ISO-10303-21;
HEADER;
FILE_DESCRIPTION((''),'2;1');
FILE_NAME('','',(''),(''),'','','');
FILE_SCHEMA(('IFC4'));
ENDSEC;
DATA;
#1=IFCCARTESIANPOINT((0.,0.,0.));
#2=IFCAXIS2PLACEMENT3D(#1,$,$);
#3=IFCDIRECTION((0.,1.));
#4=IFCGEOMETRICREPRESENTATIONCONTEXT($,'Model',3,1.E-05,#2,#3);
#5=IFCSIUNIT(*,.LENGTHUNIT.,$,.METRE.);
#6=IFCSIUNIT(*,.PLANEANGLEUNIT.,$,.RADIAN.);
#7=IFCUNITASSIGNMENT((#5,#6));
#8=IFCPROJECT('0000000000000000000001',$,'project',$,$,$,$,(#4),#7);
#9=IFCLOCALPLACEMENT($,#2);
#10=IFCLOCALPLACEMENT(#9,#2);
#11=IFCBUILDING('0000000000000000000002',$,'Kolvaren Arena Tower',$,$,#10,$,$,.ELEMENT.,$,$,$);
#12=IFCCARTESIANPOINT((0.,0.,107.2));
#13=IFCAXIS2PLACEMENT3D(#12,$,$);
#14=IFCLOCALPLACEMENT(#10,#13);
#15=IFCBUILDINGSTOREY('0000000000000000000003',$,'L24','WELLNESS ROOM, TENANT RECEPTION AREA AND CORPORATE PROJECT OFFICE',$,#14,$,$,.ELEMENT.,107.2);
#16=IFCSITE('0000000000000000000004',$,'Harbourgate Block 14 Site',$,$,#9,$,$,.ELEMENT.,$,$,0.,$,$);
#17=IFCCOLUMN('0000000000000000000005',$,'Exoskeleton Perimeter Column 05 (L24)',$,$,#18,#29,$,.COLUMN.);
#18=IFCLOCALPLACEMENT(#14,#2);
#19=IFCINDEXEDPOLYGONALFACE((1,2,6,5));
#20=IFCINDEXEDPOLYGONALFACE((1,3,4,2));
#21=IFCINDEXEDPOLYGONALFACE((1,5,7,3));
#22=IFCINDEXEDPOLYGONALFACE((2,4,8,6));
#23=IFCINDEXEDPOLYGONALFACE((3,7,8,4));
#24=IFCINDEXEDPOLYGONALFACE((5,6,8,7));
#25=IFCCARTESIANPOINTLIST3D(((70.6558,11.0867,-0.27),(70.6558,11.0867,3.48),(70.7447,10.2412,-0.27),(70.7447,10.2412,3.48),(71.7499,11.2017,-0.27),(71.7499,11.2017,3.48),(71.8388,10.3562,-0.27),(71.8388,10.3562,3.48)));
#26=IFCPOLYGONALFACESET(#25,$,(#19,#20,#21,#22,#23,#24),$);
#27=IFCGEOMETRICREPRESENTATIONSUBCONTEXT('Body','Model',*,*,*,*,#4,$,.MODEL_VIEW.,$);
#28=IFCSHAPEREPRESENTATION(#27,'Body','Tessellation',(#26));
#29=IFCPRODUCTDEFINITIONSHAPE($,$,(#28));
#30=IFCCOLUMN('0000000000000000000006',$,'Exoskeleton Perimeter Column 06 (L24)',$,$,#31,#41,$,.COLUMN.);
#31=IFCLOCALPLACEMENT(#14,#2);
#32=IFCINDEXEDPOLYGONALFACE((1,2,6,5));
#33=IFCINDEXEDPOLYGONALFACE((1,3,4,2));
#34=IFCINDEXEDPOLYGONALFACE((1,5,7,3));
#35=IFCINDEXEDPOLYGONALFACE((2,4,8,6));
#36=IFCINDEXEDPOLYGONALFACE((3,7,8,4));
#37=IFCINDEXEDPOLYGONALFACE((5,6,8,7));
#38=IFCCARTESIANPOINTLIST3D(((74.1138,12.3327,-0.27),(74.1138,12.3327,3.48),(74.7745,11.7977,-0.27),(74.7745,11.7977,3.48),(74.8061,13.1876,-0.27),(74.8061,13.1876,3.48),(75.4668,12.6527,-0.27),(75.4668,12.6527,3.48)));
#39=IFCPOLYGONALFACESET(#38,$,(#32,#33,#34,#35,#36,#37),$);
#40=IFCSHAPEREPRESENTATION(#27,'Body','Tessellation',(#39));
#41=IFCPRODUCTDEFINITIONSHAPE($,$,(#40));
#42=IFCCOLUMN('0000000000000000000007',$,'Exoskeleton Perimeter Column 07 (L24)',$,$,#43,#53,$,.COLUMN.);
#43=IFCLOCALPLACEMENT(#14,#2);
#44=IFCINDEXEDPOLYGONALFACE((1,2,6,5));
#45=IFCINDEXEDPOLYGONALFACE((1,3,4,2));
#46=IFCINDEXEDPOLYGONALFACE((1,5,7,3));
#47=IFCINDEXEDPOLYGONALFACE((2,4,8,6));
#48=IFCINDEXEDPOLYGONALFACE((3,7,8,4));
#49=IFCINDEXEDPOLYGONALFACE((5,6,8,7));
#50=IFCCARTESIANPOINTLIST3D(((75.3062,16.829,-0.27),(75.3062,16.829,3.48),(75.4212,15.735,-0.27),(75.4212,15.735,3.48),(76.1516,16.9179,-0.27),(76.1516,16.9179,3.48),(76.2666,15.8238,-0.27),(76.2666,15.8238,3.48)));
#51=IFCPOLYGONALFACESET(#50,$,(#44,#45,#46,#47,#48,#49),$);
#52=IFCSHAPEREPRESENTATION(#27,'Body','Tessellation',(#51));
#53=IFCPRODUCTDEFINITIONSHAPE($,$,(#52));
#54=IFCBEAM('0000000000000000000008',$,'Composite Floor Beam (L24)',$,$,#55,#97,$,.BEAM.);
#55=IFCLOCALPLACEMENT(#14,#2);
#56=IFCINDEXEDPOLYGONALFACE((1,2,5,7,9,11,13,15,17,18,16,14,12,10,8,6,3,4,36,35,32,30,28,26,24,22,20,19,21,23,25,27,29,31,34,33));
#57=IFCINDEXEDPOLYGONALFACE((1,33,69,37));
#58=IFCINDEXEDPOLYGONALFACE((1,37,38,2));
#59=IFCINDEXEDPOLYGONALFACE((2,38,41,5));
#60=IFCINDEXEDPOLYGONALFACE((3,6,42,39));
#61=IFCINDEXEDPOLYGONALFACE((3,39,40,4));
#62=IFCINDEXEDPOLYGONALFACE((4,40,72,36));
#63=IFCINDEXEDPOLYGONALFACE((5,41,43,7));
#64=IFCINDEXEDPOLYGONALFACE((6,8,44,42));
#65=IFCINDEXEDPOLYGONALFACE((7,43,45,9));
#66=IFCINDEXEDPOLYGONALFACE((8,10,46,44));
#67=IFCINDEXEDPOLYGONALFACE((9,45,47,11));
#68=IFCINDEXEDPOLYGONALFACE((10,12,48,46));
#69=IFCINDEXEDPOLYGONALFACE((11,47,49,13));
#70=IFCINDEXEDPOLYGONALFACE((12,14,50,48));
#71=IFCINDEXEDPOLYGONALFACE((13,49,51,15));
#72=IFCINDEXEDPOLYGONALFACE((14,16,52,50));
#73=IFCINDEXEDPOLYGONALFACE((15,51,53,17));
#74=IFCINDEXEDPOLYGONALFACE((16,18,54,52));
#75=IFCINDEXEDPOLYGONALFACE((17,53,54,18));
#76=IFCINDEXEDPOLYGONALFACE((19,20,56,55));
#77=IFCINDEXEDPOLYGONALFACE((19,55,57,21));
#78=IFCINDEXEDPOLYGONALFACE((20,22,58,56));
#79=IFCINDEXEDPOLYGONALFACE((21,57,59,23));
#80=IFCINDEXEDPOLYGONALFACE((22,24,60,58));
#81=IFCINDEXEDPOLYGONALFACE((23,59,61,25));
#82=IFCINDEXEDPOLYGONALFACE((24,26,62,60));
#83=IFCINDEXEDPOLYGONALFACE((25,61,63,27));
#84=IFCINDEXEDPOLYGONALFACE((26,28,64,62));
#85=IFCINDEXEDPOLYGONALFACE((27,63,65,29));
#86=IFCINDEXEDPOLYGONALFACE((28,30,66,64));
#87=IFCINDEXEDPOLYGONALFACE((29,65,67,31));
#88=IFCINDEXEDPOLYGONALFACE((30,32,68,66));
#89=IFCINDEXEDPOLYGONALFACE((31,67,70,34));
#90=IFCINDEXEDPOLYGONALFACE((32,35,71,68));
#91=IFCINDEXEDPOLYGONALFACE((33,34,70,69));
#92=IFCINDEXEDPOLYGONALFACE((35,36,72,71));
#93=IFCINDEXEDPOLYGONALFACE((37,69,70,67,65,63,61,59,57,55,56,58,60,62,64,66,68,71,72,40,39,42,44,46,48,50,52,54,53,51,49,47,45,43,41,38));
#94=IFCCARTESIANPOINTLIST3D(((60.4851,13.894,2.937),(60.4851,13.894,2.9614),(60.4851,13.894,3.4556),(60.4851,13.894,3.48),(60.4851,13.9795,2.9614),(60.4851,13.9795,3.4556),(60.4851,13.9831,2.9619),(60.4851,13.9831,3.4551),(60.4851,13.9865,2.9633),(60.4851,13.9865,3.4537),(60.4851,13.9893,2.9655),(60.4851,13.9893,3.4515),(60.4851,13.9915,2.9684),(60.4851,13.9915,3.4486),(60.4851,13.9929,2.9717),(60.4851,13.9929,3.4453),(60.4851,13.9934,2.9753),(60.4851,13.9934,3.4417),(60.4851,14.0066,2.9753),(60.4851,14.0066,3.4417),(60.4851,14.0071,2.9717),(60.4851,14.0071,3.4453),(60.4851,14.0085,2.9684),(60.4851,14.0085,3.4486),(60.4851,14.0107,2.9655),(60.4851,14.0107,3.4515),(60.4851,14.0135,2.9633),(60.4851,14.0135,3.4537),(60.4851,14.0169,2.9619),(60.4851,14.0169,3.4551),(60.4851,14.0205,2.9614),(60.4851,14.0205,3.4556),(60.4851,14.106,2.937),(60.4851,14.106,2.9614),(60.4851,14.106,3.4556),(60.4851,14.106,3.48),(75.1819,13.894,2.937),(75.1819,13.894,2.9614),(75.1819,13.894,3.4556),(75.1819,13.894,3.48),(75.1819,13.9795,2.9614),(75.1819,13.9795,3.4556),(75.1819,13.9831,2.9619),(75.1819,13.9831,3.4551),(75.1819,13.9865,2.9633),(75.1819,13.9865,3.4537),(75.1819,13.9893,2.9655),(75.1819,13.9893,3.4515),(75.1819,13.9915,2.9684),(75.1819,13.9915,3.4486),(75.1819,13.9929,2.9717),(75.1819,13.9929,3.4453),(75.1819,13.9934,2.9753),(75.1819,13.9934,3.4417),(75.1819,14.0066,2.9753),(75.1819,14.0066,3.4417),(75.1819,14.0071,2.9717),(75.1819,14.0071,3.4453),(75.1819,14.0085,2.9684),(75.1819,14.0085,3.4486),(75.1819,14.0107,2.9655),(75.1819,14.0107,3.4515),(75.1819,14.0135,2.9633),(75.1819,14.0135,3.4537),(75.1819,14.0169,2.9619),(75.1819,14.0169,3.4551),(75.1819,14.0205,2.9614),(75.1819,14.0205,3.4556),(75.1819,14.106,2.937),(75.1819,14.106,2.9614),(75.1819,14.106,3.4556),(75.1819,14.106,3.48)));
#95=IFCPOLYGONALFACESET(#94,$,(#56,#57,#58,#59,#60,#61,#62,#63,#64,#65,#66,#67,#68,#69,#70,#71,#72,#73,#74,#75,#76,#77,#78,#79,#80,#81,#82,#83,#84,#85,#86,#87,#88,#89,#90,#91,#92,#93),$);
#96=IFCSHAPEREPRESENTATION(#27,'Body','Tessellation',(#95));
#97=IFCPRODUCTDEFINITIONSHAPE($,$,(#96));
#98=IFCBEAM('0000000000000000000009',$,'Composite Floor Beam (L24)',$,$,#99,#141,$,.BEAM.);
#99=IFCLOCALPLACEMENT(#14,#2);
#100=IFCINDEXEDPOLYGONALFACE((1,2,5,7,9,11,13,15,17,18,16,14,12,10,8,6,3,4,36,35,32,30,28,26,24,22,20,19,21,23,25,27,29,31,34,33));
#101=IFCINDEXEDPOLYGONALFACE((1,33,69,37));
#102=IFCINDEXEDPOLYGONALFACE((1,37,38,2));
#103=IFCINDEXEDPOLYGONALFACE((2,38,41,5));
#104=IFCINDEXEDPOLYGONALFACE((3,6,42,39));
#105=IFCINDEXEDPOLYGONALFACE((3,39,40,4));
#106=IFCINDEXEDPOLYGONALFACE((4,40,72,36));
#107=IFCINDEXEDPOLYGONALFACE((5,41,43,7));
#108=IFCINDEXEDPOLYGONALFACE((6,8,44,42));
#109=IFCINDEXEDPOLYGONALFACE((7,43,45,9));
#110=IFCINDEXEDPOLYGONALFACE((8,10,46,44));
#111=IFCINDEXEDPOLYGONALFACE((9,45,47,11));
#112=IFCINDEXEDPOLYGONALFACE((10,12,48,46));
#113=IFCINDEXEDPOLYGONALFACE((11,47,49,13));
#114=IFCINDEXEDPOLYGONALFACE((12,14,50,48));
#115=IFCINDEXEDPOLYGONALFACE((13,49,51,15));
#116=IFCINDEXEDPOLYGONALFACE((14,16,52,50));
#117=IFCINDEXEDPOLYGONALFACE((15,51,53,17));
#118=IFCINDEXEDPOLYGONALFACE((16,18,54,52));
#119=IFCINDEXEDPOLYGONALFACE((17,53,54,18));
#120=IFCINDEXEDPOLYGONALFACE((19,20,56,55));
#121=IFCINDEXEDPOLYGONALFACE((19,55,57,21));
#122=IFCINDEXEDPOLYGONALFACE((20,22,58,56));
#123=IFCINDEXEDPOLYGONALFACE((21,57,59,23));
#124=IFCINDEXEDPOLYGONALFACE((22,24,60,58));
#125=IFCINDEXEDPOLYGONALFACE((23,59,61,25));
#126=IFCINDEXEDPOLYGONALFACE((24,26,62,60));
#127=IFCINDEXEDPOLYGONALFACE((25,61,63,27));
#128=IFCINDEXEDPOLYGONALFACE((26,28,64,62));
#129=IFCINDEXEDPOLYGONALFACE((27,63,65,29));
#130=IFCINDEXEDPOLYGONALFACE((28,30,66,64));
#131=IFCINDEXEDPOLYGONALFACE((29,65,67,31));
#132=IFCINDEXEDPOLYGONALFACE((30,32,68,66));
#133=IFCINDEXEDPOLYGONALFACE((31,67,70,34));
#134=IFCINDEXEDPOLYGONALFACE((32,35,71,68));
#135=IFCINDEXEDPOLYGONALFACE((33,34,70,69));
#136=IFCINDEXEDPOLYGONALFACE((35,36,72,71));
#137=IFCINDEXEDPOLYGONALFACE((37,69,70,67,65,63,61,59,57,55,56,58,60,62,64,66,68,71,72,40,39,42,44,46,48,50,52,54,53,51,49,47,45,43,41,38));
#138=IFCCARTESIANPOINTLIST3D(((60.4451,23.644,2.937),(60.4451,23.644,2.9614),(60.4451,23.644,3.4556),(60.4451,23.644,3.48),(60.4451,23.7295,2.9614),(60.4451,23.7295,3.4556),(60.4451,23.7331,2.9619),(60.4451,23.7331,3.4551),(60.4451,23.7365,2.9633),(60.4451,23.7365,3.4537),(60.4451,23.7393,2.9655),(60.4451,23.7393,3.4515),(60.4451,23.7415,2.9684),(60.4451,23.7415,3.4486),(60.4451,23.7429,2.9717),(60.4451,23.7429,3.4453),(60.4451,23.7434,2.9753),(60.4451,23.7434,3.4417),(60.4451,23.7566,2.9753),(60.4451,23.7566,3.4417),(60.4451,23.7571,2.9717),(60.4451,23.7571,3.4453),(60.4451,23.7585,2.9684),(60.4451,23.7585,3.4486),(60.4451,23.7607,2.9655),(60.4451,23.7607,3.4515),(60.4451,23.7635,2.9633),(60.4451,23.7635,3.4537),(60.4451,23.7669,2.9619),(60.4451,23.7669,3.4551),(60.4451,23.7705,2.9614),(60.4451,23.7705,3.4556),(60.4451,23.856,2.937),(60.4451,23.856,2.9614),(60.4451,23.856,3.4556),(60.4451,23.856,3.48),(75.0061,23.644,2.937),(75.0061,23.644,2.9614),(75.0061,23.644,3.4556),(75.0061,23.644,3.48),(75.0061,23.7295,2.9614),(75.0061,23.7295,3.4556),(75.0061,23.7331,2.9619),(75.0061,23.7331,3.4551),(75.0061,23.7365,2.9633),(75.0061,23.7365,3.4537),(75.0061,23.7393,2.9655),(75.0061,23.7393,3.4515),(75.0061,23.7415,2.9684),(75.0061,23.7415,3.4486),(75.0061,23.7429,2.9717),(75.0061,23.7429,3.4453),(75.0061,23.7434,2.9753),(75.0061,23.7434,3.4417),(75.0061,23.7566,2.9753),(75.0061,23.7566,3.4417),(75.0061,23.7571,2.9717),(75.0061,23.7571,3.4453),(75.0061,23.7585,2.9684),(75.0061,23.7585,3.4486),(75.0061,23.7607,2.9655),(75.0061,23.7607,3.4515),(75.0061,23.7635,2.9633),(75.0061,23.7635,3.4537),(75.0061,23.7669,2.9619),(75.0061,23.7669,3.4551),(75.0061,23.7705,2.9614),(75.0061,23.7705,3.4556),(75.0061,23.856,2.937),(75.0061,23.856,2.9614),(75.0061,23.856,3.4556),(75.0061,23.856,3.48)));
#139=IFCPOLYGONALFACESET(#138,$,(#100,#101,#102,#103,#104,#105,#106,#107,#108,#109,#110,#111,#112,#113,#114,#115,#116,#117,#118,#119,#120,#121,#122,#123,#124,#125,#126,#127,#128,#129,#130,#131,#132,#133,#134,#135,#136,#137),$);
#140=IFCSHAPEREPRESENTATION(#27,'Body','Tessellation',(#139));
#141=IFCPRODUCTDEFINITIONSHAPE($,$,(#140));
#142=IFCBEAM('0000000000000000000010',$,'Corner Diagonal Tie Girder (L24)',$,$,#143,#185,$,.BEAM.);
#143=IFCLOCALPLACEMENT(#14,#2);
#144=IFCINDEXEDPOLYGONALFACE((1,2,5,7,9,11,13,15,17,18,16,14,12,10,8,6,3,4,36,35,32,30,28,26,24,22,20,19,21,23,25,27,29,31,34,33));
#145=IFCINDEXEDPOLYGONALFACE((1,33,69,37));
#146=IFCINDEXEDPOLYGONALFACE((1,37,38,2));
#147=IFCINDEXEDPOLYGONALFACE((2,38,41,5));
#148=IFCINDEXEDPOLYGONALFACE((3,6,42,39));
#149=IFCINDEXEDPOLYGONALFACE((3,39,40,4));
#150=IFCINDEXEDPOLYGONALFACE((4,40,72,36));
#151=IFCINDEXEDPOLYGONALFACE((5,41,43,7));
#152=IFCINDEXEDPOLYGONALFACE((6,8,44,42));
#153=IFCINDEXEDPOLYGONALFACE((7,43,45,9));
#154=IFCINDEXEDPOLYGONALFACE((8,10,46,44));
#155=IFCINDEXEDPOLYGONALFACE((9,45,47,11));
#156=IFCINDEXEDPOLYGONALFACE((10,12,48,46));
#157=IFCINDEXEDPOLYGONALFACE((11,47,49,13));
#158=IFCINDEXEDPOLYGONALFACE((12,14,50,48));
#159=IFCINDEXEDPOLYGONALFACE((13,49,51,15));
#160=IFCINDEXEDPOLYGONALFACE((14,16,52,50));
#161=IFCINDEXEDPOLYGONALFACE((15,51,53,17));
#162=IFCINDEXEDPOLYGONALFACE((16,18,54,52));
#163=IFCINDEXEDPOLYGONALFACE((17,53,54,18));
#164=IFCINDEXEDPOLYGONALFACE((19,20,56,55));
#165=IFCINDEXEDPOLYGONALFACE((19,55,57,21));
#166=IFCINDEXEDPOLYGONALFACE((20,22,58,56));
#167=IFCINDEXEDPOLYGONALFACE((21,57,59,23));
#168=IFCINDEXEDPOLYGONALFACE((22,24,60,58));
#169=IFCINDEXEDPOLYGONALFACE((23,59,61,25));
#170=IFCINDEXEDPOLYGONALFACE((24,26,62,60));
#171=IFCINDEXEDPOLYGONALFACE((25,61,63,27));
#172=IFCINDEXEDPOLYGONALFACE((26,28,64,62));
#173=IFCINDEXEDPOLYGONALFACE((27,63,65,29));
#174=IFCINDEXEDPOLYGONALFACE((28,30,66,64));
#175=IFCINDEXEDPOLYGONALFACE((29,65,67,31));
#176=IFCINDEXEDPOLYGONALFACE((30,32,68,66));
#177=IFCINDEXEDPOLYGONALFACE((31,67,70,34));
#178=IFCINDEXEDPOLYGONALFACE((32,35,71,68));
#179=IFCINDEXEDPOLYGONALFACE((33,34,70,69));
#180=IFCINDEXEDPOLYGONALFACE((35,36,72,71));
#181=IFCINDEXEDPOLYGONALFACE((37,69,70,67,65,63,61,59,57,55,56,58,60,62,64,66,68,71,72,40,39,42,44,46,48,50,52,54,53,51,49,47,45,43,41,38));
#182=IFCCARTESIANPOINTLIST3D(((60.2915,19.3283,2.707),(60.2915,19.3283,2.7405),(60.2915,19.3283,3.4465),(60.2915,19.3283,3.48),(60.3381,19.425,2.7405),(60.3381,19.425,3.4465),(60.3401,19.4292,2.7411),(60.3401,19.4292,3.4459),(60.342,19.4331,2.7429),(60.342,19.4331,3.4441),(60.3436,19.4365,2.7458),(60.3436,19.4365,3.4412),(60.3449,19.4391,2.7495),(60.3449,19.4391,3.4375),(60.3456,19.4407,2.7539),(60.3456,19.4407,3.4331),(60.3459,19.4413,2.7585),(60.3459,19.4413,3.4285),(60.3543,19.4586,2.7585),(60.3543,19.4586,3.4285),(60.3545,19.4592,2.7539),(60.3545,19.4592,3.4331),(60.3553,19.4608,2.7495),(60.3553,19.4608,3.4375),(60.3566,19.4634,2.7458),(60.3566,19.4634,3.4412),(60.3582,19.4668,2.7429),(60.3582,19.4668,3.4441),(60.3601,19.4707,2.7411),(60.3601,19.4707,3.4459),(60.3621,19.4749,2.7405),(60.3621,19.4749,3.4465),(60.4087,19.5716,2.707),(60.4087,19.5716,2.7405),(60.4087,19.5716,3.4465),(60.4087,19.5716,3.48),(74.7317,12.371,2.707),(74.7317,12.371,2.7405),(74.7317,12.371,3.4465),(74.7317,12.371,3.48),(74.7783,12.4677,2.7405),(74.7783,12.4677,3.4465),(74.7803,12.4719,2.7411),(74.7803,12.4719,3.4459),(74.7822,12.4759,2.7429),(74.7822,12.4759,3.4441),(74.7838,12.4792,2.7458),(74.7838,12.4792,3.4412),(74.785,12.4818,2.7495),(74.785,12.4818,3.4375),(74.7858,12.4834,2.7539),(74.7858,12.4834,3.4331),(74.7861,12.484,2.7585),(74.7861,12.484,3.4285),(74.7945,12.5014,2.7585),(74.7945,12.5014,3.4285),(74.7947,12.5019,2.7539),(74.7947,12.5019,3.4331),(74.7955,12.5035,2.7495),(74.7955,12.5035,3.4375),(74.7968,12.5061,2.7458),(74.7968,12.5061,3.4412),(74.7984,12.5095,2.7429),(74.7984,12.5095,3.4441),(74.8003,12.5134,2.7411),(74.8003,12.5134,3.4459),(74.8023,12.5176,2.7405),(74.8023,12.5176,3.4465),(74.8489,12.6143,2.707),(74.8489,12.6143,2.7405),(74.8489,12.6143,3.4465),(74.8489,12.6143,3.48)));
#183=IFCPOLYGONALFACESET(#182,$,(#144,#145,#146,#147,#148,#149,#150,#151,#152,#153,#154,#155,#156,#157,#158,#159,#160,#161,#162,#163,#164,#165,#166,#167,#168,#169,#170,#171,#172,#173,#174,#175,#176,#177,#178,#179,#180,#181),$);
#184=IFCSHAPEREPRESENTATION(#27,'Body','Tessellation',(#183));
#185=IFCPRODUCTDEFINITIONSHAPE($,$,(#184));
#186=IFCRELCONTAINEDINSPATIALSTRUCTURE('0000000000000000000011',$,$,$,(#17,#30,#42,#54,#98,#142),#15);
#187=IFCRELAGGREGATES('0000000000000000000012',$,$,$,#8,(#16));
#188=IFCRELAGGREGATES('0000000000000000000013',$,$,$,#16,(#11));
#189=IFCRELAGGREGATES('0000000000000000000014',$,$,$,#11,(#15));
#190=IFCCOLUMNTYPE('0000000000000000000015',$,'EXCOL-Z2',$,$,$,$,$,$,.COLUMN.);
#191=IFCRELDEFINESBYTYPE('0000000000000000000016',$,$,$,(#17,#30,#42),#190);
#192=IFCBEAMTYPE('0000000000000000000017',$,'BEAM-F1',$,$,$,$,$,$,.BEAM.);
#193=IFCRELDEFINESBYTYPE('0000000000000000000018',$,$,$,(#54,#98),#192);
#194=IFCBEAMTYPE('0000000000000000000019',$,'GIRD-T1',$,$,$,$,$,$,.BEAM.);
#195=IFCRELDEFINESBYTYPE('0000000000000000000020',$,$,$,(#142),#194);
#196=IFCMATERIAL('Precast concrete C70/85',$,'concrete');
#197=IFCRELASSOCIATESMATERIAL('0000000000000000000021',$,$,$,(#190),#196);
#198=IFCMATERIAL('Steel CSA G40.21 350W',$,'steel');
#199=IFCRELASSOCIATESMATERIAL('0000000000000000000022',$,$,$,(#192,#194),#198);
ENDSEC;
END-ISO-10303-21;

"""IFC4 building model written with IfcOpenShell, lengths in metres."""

from ifc_helpers import new_model, si_unit, direction, frame, origin, origin_2d, place, context, subcontext, project, spatial, rectangle, i_section, extrude, material, material_profile, profile_set, type_object, element, save


model = new_model("IFC4")

# Units and contexts
model_context = context("Model", 3, precision=1e-05, world=origin(), true_north=direction((0.0, 1.0)))
body_context = subcontext(model_context, "Body", "Model", "MODEL_VIEW")
ifc_project = project(units=[si_unit("LENGTHUNIT", "METRE"), si_unit("PLANEANGLEUNIT", "RADIAN")], contexts=[model_context])

# Site, building, storey
site_placement = place(None, origin())
site = spatial("IfcSite", under=ifc_project, at=site_placement, Name="Harbourgate Block 14 Site", CompositionType="ELEMENT", RefElevation=0.0)
building_placement = place(site_placement, origin())
building = spatial("IfcBuilding", under=site, at=building_placement, Name="Kolvaren Arena Tower", CompositionType="ELEMENT")
storey_placement = place(building_placement, frame((0.0, 0.0, 107.2)))
storey = spatial("IfcBuildingStorey", under=building, at=storey_placement, Name="L24", Description="WELLNESS ROOM, TENANT RECEPTION AREA AND CORPORATE PROJECT OFFICE", CompositionType="ELEMENT", Elevation=107.2)

# Columns
ifc_material_1 = material(Name="Precast concrete C70/85", Category="concrete")
ifc_material_profile_1 = material_profile(ifc_material_1, rectangle(XDim=1.1001, YDim=0.8501, at=origin_2d()), Name="RC-1100x850")
ifc_profile_set_1 = profile_set([ifc_material_profile_1], Name="Precast concrete C70/85")
column_type = type_object("IfcColumnType", Name="EXCOL-Z2", PredefinedType="COLUMN", material=ifc_profile_set_1)
for number, where, z_axis, x_axis, name in (
    (1, (71.2473, 10.7214, -0.27), (0.0, 0.0, 1.0), (0.994522, 0.104528, 0.0), "Exoskeleton Perimeter Column 05 (L24)"),
    (2, (74.7903, 12.4927, -0.27), (0.0, 0.0, 1.0), (0.62932, 0.777146, 0.0), "Exoskeleton Perimeter Column 06 (L24)"),
    (3, (75.7864, 16.3264, -0.27), (0.0, 0.0, 1.0), (-0.104528, 0.994522, 0.0), "Exoskeleton Perimeter Column 07 (L24)"),
):
    element("IfcColumn", number, at=place(storey_placement, frame(where, z_axis=z_axis, x_axis=x_axis)), inside=storey, type_object=column_type, Name=name, PredefinedType="COLUMN", context=body_context, shape_type="SweptSolid", body=[
        extrude(rectangle(XDim=1.1001, YDim=0.8501, at=origin_2d()), origin(), (0.0, 0.0, 1.0), 3.75),
    ])

# Beams
ifc_material_2 = material(Name="Steel CSA G40.21 350W", Category="steel")
ifc_material_profile_2 = material_profile(ifc_material_2, i_section(OverallWidth=0.2119, OverallDepth=0.543, WebThickness=0.0132, FlangeThickness=0.0244, FilletRadius=0.0139, at=origin_2d()), Name="W530x150")
ifc_profile_set_2 = profile_set([ifc_material_profile_2], Name="Steel CSA G40.21 350W")
beam_type_1 = type_object("IfcBeamType", Name="BEAM-F1", PredefinedType="BEAM", material=ifc_profile_set_2)
beam_1_placement = place(storey_placement, frame((60.4851, 14.0, 3.2085), z_axis=(1.0, 0.0, 0.0), x_axis=(0.0, 1.0, 0.0)))
element("IfcBeam", 4, at=beam_1_placement, inside=storey, type_object=beam_type_1, Name="Composite Floor Beam (L24)", PredefinedType="BEAM", context=body_context, shape_type="SweptSolid", body=[
    extrude(i_section(OverallWidth=0.2119, OverallDepth=0.543, WebThickness=0.0132, FlangeThickness=0.0244, FilletRadius=0.0139, at=origin_2d()), origin(), (0.0, 0.0, 1.0), 14.6968),
])
beam_2_placement = place(storey_placement, frame((60.4451, 23.75, 3.2085), z_axis=(1.0, 0.0, 0.0), x_axis=(0.0, 1.0, 0.0)))
element("IfcBeam", 5, at=beam_2_placement, inside=storey, type_object=beam_type_1, Name="Composite Floor Beam (L24)", PredefinedType="BEAM", context=body_context, shape_type="SweptSolid", body=[
    extrude(i_section(OverallWidth=0.2119, OverallDepth=0.543, WebThickness=0.0132, FlangeThickness=0.0244, FilletRadius=0.0139, at=origin_2d()), origin(), (0.0, 0.0, 1.0), 14.561),
])
ifc_material_profile_3 = material_profile(ifc_material_2, i_section(OverallWidth=0.27, OverallDepth=0.7729, WebThickness=0.0193, FlangeThickness=0.0334, FilletRadius=0.0181, at=origin_2d()), Name="W760x257")
ifc_profile_set_3 = profile_set([ifc_material_profile_3], Name="Steel CSA G40.21 350W")
beam_type_2 = type_object("IfcBeamType", Name="GIRD-T1", PredefinedType="BEAM", material=ifc_profile_set_3)
beam_3_placement = place(storey_placement, frame((74.7903, 12.4927, 3.0935), z_axis=(-0.90089, 0.434048, 0.0), x_axis=(-0.434048, -0.90089, 0.0)))
element("IfcBeam", 6, at=beam_3_placement, inside=storey, type_object=beam_type_2, Name="Corner Diagonal Tie Girder (L24)", PredefinedType="BEAM", context=body_context, shape_type="SweptSolid", body=[
    extrude(i_section(OverallWidth=0.27, OverallDepth=0.7729, WebThickness=0.0193, FlangeThickness=0.0334, FilletRadius=0.0181, at=origin_2d()), origin(), (0.0, 0.0, 1.0), 16.0288),
])

save(model, "model.ifc")
